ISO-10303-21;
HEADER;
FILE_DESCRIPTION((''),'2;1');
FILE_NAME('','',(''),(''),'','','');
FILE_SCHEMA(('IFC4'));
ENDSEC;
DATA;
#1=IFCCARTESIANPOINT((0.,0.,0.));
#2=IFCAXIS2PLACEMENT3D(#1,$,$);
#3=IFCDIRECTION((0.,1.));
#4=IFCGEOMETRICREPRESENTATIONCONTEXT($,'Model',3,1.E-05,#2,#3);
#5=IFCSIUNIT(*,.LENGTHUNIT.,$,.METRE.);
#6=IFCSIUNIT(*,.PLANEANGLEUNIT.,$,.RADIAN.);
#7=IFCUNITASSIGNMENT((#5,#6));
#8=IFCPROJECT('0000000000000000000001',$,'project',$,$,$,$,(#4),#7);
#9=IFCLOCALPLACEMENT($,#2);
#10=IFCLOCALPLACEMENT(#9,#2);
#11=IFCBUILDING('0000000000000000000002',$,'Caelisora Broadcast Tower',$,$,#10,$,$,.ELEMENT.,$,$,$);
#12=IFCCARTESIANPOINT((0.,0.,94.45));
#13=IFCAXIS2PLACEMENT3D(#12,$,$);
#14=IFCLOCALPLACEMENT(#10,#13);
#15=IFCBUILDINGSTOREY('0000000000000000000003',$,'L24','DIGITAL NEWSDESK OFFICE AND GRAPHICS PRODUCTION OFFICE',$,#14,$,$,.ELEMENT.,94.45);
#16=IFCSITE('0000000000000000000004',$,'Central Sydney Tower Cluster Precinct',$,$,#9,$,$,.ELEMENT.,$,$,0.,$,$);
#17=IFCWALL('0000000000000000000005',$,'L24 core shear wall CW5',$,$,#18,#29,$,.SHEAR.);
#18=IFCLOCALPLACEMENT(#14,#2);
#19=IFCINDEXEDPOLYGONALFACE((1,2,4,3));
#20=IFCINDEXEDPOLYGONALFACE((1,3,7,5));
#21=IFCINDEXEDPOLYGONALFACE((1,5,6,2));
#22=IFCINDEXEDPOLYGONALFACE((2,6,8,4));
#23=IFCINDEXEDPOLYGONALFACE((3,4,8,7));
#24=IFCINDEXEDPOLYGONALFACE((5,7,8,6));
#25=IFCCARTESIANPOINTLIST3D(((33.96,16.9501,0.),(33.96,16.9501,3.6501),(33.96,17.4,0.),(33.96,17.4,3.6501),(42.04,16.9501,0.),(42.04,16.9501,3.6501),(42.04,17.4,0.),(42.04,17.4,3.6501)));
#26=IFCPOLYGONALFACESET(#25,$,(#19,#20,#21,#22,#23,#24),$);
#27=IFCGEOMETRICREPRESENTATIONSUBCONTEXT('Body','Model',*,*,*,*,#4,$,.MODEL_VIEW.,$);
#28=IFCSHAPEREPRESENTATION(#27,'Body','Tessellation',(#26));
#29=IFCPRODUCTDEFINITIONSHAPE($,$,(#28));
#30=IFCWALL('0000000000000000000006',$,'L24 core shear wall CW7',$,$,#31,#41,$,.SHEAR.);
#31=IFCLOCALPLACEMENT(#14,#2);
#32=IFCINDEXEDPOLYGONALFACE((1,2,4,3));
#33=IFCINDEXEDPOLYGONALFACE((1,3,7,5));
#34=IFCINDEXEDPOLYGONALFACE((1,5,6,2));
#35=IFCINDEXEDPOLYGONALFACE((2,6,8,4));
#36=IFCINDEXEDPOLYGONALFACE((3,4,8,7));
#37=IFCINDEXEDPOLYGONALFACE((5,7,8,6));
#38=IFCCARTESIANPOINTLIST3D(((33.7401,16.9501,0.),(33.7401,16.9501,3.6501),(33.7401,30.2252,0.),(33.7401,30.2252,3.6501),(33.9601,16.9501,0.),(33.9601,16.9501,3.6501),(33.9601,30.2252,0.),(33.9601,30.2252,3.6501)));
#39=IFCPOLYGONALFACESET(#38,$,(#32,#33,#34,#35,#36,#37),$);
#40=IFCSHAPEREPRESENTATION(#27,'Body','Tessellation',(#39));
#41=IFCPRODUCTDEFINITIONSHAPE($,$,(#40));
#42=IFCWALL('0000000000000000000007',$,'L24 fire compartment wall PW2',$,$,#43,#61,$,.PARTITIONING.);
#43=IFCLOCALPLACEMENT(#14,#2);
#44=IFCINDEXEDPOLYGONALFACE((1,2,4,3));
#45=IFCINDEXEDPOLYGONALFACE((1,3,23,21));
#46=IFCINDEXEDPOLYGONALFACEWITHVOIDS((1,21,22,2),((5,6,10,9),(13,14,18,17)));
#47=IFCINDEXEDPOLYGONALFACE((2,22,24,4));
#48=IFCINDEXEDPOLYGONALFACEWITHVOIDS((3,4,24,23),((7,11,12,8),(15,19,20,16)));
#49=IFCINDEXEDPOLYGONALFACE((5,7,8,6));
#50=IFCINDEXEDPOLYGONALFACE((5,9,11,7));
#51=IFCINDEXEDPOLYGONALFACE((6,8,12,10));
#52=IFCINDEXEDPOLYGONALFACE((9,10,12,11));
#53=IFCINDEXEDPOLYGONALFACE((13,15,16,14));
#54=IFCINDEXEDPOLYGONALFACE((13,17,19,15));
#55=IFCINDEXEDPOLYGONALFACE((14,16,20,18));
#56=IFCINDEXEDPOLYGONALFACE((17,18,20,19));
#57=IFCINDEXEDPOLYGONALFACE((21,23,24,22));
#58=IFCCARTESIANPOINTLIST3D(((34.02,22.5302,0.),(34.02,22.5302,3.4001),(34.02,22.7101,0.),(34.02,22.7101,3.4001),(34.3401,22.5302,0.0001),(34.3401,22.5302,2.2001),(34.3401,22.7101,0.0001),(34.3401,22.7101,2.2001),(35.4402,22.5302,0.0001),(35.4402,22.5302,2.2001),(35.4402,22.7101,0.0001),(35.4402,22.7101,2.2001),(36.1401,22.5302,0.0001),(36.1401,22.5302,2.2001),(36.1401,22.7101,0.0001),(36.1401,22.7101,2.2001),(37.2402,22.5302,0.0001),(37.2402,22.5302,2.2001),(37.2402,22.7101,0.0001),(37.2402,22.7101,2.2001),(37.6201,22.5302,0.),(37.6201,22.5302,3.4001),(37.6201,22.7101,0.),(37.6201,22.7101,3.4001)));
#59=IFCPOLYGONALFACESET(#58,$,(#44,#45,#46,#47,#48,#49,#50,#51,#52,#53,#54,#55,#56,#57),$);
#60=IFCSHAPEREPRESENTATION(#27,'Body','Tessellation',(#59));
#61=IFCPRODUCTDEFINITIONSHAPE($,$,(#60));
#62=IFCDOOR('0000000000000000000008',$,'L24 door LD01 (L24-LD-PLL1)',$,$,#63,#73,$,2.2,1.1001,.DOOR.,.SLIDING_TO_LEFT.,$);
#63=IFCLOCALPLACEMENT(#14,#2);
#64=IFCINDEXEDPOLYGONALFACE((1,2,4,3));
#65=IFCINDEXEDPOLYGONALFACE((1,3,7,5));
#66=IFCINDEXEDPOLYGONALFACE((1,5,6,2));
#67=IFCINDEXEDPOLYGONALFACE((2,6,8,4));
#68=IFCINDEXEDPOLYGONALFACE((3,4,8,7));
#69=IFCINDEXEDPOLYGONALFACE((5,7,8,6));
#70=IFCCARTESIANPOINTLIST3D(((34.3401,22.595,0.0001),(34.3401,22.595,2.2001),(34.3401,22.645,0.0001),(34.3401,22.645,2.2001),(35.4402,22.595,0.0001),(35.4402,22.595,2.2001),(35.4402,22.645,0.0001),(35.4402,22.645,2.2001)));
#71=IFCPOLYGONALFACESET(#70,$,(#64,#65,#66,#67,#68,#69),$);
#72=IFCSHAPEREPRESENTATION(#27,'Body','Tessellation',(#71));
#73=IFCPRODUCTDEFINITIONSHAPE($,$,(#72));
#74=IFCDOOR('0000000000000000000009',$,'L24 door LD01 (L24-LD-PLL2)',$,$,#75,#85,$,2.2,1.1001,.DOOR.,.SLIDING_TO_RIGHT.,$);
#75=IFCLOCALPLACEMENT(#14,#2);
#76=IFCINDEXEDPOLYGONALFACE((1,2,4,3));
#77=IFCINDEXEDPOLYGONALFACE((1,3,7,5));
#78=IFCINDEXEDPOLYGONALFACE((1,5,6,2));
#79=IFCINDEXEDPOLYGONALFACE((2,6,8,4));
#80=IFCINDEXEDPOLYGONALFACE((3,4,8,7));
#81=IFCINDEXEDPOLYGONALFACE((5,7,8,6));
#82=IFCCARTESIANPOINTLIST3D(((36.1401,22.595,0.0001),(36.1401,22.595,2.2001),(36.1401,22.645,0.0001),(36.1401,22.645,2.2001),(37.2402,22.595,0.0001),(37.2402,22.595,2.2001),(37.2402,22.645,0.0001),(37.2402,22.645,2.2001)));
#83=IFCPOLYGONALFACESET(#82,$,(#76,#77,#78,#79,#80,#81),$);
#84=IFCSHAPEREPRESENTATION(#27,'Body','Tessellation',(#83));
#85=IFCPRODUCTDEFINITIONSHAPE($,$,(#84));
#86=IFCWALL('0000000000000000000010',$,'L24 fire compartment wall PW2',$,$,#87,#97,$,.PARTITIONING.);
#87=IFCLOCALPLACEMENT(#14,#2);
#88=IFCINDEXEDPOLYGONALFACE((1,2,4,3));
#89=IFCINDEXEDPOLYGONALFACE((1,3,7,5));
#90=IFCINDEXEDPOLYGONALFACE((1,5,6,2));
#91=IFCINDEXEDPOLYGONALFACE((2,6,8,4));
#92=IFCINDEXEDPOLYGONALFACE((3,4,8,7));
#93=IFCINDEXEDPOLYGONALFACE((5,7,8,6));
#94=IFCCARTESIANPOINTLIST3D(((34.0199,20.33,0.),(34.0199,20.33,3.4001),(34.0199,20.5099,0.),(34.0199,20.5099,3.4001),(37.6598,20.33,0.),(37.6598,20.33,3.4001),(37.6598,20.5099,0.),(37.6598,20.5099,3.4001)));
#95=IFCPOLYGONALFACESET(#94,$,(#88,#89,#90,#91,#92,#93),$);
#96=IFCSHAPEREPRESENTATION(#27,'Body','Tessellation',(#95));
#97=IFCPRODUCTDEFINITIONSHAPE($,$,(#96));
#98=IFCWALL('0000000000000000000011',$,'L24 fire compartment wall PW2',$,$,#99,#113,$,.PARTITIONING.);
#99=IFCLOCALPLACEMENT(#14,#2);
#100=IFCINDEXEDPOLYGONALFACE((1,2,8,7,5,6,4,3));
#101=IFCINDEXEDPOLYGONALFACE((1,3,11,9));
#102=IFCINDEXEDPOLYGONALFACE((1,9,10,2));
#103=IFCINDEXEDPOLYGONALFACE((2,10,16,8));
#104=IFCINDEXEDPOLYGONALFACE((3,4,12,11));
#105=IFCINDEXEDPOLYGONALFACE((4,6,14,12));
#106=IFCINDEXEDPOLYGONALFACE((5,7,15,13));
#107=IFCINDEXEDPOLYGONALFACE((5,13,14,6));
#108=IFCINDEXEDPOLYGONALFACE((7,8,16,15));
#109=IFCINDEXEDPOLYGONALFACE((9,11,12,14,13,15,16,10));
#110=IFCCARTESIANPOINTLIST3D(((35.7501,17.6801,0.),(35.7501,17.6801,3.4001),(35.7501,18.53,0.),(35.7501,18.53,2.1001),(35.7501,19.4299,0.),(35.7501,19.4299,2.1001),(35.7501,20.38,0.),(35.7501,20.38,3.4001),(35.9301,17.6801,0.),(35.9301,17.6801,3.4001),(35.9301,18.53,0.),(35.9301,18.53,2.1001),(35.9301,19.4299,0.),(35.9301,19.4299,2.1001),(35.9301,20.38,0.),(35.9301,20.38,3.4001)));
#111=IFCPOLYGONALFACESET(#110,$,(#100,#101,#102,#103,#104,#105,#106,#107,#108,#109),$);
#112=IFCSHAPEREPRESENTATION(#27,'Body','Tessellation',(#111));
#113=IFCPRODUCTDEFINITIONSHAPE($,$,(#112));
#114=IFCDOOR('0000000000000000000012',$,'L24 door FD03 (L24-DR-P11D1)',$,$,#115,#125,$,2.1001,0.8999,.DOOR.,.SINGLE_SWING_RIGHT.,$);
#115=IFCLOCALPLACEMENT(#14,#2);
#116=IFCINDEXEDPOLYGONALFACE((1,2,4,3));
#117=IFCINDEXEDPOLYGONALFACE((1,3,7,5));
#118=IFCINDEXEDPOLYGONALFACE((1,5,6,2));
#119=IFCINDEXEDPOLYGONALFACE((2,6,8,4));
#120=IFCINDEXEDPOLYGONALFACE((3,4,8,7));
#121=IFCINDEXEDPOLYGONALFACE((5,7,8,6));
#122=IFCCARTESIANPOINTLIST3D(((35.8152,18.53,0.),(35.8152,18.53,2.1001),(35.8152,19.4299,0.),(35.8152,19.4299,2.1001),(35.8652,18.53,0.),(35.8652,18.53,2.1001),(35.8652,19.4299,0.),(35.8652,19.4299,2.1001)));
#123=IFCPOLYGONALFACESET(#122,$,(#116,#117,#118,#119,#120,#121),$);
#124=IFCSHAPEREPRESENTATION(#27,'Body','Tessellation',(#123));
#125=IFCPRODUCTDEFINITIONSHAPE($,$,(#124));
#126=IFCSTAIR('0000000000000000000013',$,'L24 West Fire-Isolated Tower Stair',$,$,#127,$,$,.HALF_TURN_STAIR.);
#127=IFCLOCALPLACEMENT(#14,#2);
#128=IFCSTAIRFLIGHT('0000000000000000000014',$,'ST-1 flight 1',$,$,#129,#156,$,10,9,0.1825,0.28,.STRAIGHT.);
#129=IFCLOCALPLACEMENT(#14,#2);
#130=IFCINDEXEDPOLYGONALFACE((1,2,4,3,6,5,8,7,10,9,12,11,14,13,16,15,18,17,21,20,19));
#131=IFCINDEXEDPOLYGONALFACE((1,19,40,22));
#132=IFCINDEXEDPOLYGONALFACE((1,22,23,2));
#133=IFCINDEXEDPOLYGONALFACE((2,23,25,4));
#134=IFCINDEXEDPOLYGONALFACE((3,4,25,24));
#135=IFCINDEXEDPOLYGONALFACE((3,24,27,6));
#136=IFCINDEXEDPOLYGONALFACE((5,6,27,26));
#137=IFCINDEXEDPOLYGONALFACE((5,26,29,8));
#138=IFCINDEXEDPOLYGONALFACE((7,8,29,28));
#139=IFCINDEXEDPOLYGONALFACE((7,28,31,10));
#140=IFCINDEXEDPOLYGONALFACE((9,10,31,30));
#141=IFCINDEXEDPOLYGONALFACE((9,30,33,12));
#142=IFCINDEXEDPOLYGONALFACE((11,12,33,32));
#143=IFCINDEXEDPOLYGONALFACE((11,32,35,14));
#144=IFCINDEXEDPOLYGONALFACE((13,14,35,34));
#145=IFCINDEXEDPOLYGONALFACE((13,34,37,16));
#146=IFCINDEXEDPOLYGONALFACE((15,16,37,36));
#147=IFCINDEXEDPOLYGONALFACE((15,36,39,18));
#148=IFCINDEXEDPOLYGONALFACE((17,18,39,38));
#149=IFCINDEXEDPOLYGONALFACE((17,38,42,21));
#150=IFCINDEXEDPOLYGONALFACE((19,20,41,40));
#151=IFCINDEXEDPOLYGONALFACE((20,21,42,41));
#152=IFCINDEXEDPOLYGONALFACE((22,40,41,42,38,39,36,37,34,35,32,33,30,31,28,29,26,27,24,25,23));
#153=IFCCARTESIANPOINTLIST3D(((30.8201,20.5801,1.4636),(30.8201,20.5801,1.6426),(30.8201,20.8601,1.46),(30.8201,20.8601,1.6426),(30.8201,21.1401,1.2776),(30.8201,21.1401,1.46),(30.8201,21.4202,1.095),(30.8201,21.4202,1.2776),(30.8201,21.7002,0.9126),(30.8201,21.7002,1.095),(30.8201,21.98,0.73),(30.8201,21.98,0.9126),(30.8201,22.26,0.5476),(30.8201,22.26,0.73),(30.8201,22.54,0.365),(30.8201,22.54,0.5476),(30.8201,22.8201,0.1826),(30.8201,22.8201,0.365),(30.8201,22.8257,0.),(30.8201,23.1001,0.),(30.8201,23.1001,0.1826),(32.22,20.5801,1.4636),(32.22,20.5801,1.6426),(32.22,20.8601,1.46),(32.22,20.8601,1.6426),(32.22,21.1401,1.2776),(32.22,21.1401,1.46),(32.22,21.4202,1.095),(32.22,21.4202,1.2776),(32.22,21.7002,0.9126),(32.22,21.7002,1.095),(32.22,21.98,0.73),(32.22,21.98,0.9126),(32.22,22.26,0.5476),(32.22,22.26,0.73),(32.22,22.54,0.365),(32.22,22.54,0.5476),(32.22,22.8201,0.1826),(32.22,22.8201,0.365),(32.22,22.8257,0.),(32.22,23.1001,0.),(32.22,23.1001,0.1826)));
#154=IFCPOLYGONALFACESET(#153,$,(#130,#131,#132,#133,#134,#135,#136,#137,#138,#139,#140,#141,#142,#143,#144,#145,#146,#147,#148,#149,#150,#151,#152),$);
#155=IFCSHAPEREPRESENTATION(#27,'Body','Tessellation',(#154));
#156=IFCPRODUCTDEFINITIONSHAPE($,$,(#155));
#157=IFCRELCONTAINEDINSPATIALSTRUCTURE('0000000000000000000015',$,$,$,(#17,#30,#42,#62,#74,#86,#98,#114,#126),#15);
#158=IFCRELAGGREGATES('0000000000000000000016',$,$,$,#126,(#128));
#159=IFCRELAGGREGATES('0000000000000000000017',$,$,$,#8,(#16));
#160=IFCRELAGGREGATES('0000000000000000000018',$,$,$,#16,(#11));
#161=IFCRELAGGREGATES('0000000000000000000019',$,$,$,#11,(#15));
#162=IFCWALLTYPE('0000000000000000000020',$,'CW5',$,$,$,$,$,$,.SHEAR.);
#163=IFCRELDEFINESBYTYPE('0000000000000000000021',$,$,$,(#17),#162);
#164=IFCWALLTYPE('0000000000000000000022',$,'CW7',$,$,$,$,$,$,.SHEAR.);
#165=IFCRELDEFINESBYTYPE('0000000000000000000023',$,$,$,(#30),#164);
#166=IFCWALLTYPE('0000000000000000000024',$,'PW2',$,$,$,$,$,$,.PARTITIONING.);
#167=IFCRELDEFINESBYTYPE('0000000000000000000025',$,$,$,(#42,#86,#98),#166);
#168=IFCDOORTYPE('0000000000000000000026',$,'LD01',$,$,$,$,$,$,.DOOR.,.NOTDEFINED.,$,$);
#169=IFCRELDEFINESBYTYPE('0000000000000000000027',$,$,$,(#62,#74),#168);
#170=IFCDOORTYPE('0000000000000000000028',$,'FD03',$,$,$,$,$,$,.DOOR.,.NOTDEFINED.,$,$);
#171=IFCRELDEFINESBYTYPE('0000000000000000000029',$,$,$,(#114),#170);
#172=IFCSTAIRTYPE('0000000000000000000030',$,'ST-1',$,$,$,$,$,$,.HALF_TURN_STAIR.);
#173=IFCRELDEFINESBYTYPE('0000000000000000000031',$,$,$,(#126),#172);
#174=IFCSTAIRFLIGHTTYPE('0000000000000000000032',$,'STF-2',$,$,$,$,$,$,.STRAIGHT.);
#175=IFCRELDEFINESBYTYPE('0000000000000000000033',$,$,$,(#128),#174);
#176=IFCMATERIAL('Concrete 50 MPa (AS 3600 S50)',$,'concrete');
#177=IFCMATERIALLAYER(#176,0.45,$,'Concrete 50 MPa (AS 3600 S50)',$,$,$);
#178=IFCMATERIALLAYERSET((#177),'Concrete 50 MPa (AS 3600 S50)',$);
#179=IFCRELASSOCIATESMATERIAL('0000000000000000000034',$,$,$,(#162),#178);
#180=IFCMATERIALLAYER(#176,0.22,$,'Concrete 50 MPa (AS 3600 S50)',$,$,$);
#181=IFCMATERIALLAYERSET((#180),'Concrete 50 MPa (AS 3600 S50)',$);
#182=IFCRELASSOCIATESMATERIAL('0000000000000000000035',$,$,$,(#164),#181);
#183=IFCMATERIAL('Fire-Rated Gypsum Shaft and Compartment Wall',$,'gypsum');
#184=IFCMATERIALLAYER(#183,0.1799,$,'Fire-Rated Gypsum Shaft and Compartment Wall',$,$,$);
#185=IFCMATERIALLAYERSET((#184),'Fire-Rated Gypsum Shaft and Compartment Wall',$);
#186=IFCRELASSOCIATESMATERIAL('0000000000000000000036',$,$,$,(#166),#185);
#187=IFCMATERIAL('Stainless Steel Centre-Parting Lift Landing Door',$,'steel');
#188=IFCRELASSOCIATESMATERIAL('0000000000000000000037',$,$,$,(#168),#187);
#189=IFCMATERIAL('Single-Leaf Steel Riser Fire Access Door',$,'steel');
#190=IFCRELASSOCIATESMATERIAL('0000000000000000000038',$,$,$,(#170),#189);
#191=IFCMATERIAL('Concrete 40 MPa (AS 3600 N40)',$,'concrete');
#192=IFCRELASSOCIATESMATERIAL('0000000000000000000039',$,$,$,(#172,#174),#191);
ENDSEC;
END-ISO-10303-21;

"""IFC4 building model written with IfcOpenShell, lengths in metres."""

from ifc_helpers import new_model, si_unit, direction, frame, frame_2d, origin, place, context, subcontext, project, spatial, polyline, rectangle, outline, extrude, material, layer, layer_set, type_object, element, fill, aggregate, save


model = new_model("IFC4")

# Units and contexts
model_context = context("Model", 3, precision=1e-05, world=origin(), true_north=direction((0.0, 1.0)))
body_context = subcontext(model_context, "Body", "Model", "MODEL_VIEW")
ifc_project = project(units=[si_unit("LENGTHUNIT", "METRE"), si_unit("PLANEANGLEUNIT", "RADIAN")], contexts=[model_context])

# Site, building, storey
site_placement = place(None, origin())
site = spatial("IfcSite", under=ifc_project, at=site_placement, Name="Central Sydney Tower Cluster Precinct", CompositionType="ELEMENT", RefElevation=0.0)
building_placement = place(site_placement, origin())
building = spatial("IfcBuilding", under=site, at=building_placement, Name="Caelisora Broadcast Tower", CompositionType="ELEMENT")
storey_placement = place(building_placement, frame((0.0, 0.0, 94.45)))
storey = spatial("IfcBuildingStorey", under=building, at=storey_placement, Name="L24", Description="DIGITAL NEWSDESK OFFICE AND GRAPHICS PRODUCTION OFFICE", CompositionType="ELEMENT", Elevation=94.45)

# Shared definitions
ifc_material_1 = material(Name="Concrete 50 MPa (AS 3600 S50)", Category="concrete")

# Walls
ifc_layer_1 = layer(ifc_material_1, 0.45, Name="Concrete 50 MPa (AS 3600 S50)")
ifc_layer_set_1 = layer_set([ifc_layer_1], Name="Concrete 50 MPa (AS 3600 S50)")
wall_type_1 = type_object("IfcWallType", Name="CW5", PredefinedType="SHEAR", material=ifc_layer_set_1)
wall_1_placement = place(storey_placement, frame((33.96, 17.175, 0.0), z_axis=(0.0, 0.0, 1.0), x_axis=(1.0, 0.0, 0.0)))
element("IfcWall", 1, at=wall_1_placement, inside=storey, type_object=wall_type_1, Name="L24 core shear wall CW5", PredefinedType="SHEAR", context=body_context, shape_type="SweptSolid", body=[
    extrude(rectangle(XDim=8.0801, YDim=0.45, at=frame_2d((4.04, 0.0))), origin(), (0.0, 0.0, 1.0), 3.6501),
])
ifc_layer_2 = layer(ifc_material_1, 0.22, Name="Concrete 50 MPa (AS 3600 S50)")
ifc_layer_set_2 = layer_set([ifc_layer_2], Name="Concrete 50 MPa (AS 3600 S50)")
wall_type_2 = type_object("IfcWallType", Name="CW7", PredefinedType="SHEAR", material=ifc_layer_set_2)
wall_2_placement = place(storey_placement, frame((33.8501, 16.95, 0.0), z_axis=(0.0, 0.0, 1.0), x_axis=(0.0, 1.0, 0.0)))
element("IfcWall", 2, at=wall_2_placement, inside=storey, type_object=wall_type_2, Name="L24 core shear wall CW7", PredefinedType="SHEAR", context=body_context, shape_type="SweptSolid", body=[
    extrude(rectangle(XDim=13.2751, YDim=0.22, at=frame_2d((6.6377, 0.0))), origin(), (0.0, 0.0, 1.0), 3.6501),
])

# Wall, openings, doors
ifc_material_2 = material(Name="Fire-Rated Gypsum Shaft and Compartment Wall", Category="gypsum")
ifc_layer_3 = layer(ifc_material_2, 0.1799, Name="Fire-Rated Gypsum Shaft and Compartment Wall")
ifc_layer_set_3 = layer_set([ifc_layer_3], Name="Fire-Rated Gypsum Shaft and Compartment Wall")
wall_type_3 = type_object("IfcWallType", Name="PW2", PredefinedType="PARTITIONING", material=ifc_layer_set_3)
wall_3_placement = place(storey_placement, frame((34.02, 22.6201, 0.0), z_axis=(0.0, 0.0, 1.0), x_axis=(1.0, 0.0, 0.0)))
wall_3 = element("IfcWall", 3, at=wall_3_placement, inside=storey, type_object=wall_type_3, Name="L24 fire compartment wall PW2", PredefinedType="PARTITIONING", context=body_context, shape_type="SweptSolid", body=[
    extrude(rectangle(XDim=3.6001, YDim=0.1799, at=frame_2d((1.8, 0.0))), origin(), (0.0, 0.0, 1.0), 3.4001),
])
opening_1_placement = place(wall_3_placement, frame((0.3201, 0.0, 0.0)))
opening_1 = element("IfcOpeningElement", 4, at=opening_1_placement, cuts=wall_3, PredefinedType="OPENING", context=body_context, shape_type="SweptSolid", body=[
    extrude(rectangle(XDim=1.1001, YDim=2.2, at=frame_2d((0.55, 1.1001))), frame((0.0, 0.1021, 0.0), z_axis=(0.0, -1.0, 0.0), x_axis=(1.0, 0.0, 0.0)), (0.0, 0.0, 1.0), 0.2039),
])
opening_2_placement = place(wall_3_placement, frame((2.1201, 0.0, 0.0)))
opening_2 = element("IfcOpeningElement", 5, at=opening_2_placement, cuts=wall_3, PredefinedType="OPENING", context=body_context, shape_type="SweptSolid", body=[
    extrude(rectangle(XDim=1.1001, YDim=2.2, at=frame_2d((0.55, 1.1001))), frame((0.0, 0.1021, 0.0), z_axis=(0.0, -1.0, 0.0), x_axis=(1.0, 0.0, 0.0)), (0.0, 0.0, 1.0), 0.2039),
])
ifc_material_3 = material(Name="Stainless Steel Centre-Parting Lift Landing Door", Category="steel")
door_type_1 = type_object("IfcDoorType", Name="LD01", OperationType="NOTDEFINED", PredefinedType="DOOR", material=ifc_material_3)
door_1_placement = place(opening_1_placement, origin())
door_1 = element("IfcDoor", 6, at=door_1_placement, inside=storey, type_object=door_type_1, Name="L24 door LD01 (L24-LD-PLL1)", OperationType="SLIDING_TO_LEFT", OverallHeight=2.2, OverallWidth=1.1001, PredefinedType="DOOR", context=body_context, shape_type="SweptSolid", body=[
    extrude(rectangle(XDim=1.1001, YDim=2.2, at=frame_2d((0.55, 1.1001))), frame((0.0, 0.0249, 0.0), z_axis=(0.0, -1.0, 0.0), x_axis=(1.0, 0.0, 0.0)), (0.0, 0.0, 1.0), 0.05),
])
fill(opening_1, door_1)
door_2_placement = place(opening_2_placement, origin())
door_2 = element("IfcDoor", 7, at=door_2_placement, inside=storey, type_object=door_type_1, Name="L24 door LD01 (L24-LD-PLL2)", OperationType="SLIDING_TO_RIGHT", OverallHeight=2.2, OverallWidth=1.1001, PredefinedType="DOOR", context=body_context, shape_type="SweptSolid", body=[
    extrude(rectangle(XDim=1.1001, YDim=2.2, at=frame_2d((0.55, 1.1001))), frame((0.0, 0.0249, 0.0), z_axis=(0.0, -1.0, 0.0), x_axis=(1.0, 0.0, 0.0)), (0.0, 0.0, 1.0), 0.05),
])
fill(opening_2, door_2)

# Wall
wall_4_placement = place(storey_placement, frame((34.02, 20.4199, 0.0), z_axis=(0.0, 0.0, 1.0), x_axis=(1.0, 0.0, 0.0)))
element("IfcWall", 8, at=wall_4_placement, inside=storey, type_object=wall_type_3, Name="L24 fire compartment wall PW2", PredefinedType="PARTITIONING", context=body_context, shape_type="SweptSolid", body=[
    extrude(rectangle(XDim=3.6399, YDim=0.1799, at=frame_2d((1.8198, 0.0))), origin(), (0.0, 0.0, 1.0), 3.4001),
])

# Wall, opening, door
wall_5_placement = place(storey_placement, frame((35.8401, 17.6799, 0.0), z_axis=(0.0, 0.0, 1.0), x_axis=(0.0, 1.0, 0.0)))
wall_5 = element("IfcWall", 9, at=wall_5_placement, inside=storey, type_object=wall_type_3, Name="L24 fire compartment wall PW2", PredefinedType="PARTITIONING", context=body_context, shape_type="SweptSolid", body=[
    extrude(rectangle(XDim=2.7, YDim=0.1799, at=frame_2d((1.3501, 0.0))), origin(), (0.0, 0.0, 1.0), 3.4001),
])
opening_3_placement = place(wall_5_placement, frame((0.8501, 0.0, 0.0)))
opening_3 = element("IfcOpeningElement", 10, at=opening_3_placement, cuts=wall_5, PredefinedType="OPENING", context=body_context, shape_type="SweptSolid", body=[
    extrude(rectangle(XDim=0.8999, YDim=2.1001, at=frame_2d((0.45, 1.05))), frame((0.0, 0.1021, 0.0), z_axis=(0.0, -1.0, 0.0), x_axis=(1.0, 0.0, 0.0)), (0.0, 0.0, 1.0), 0.2039),
])
ifc_material_4 = material(Name="Single-Leaf Steel Riser Fire Access Door", Category="steel")
door_type_2 = type_object("IfcDoorType", Name="FD03", OperationType="NOTDEFINED", PredefinedType="DOOR", material=ifc_material_4)
door_3_placement = place(opening_3_placement, origin())
door_3 = element("IfcDoor", 11, at=door_3_placement, inside=storey, type_object=door_type_2, Name="L24 door FD03 (L24-DR-P11D1)", OperationType="SINGLE_SWING_RIGHT", OverallHeight=2.1001, OverallWidth=0.8999, PredefinedType="DOOR", context=body_context, shape_type="SweptSolid", body=[
    extrude(rectangle(XDim=0.8999, YDim=2.1001, at=frame_2d((0.45, 1.05))), frame((0.0, 0.0249, 0.0), z_axis=(0.0, -1.0, 0.0), x_axis=(1.0, 0.0, 0.0)), (0.0, 0.0, 1.0), 0.05),
])
fill(opening_3, door_3)

# Stair, stair flight
ifc_material_5 = material(Name="Concrete 40 MPa (AS 3600 N40)", Category="concrete")
stair_type = type_object("IfcStairType", Name="ST-1", PredefinedType="HALF_TURN_STAIR", material=ifc_material_5)
stair_placement = place(storey_placement, origin())
stair = element("IfcStair", 12, at=stair_placement, inside=storey, type_object=stair_type, Name="L24 West Fire-Isolated Tower Stair", PredefinedType="HALF_TURN_STAIR")
stair_flight_type = type_object("IfcStairFlightType", Name="STF-2", PredefinedType="STRAIGHT", material=ifc_material_5)
stair_flight_1_placement = place(storey_placement, frame((31.52, 23.1001, 0.0), z_axis=(0.0, 0.0, 1.0), x_axis=(0.0, -1.0, 0.0)))
stair_flight_1 = element("IfcStairFlight", 13, at=stair_flight_1_placement, type_object=stair_flight_type, Name="ST-1 flight 1", NumberOfRisers=10, NumberOfTreads=9, PredefinedType="STRAIGHT", RiserHeight=0.1825, TreadLength=0.28, context=body_context, shape_type="SweptSolid", body=[
    extrude(outline(polyline([(0.0, 0.0), (0.0, 0.1826), (0.28, 0.1826), (0.28, 0.365), (0.5601, 0.365), (0.5601, 0.5476), (0.8401, 0.5476), (0.8401, 0.73), (1.1201, 0.73), (1.1201, 0.9126), (1.3999, 0.9126), (1.3999, 1.095), (1.6799, 1.095), (1.6799, 1.2776), (1.96, 1.2776), (1.96, 1.46), (2.24, 1.46), (2.24, 1.6426), (2.52, 1.6426), (2.52, 1.825), (2.52, 1.4636), (0.2744, 0.0), (0.0, 0.0)])), frame((0.0, 0.7, 0.0), z_axis=(0.0, -1.0, 0.0), x_axis=(1.0, 0.0, 0.0)), (0.0, 0.0, 1.0), 1.3999),
])
aggregate(stair, [stair_flight_1])

save(model, "model.ifc")
